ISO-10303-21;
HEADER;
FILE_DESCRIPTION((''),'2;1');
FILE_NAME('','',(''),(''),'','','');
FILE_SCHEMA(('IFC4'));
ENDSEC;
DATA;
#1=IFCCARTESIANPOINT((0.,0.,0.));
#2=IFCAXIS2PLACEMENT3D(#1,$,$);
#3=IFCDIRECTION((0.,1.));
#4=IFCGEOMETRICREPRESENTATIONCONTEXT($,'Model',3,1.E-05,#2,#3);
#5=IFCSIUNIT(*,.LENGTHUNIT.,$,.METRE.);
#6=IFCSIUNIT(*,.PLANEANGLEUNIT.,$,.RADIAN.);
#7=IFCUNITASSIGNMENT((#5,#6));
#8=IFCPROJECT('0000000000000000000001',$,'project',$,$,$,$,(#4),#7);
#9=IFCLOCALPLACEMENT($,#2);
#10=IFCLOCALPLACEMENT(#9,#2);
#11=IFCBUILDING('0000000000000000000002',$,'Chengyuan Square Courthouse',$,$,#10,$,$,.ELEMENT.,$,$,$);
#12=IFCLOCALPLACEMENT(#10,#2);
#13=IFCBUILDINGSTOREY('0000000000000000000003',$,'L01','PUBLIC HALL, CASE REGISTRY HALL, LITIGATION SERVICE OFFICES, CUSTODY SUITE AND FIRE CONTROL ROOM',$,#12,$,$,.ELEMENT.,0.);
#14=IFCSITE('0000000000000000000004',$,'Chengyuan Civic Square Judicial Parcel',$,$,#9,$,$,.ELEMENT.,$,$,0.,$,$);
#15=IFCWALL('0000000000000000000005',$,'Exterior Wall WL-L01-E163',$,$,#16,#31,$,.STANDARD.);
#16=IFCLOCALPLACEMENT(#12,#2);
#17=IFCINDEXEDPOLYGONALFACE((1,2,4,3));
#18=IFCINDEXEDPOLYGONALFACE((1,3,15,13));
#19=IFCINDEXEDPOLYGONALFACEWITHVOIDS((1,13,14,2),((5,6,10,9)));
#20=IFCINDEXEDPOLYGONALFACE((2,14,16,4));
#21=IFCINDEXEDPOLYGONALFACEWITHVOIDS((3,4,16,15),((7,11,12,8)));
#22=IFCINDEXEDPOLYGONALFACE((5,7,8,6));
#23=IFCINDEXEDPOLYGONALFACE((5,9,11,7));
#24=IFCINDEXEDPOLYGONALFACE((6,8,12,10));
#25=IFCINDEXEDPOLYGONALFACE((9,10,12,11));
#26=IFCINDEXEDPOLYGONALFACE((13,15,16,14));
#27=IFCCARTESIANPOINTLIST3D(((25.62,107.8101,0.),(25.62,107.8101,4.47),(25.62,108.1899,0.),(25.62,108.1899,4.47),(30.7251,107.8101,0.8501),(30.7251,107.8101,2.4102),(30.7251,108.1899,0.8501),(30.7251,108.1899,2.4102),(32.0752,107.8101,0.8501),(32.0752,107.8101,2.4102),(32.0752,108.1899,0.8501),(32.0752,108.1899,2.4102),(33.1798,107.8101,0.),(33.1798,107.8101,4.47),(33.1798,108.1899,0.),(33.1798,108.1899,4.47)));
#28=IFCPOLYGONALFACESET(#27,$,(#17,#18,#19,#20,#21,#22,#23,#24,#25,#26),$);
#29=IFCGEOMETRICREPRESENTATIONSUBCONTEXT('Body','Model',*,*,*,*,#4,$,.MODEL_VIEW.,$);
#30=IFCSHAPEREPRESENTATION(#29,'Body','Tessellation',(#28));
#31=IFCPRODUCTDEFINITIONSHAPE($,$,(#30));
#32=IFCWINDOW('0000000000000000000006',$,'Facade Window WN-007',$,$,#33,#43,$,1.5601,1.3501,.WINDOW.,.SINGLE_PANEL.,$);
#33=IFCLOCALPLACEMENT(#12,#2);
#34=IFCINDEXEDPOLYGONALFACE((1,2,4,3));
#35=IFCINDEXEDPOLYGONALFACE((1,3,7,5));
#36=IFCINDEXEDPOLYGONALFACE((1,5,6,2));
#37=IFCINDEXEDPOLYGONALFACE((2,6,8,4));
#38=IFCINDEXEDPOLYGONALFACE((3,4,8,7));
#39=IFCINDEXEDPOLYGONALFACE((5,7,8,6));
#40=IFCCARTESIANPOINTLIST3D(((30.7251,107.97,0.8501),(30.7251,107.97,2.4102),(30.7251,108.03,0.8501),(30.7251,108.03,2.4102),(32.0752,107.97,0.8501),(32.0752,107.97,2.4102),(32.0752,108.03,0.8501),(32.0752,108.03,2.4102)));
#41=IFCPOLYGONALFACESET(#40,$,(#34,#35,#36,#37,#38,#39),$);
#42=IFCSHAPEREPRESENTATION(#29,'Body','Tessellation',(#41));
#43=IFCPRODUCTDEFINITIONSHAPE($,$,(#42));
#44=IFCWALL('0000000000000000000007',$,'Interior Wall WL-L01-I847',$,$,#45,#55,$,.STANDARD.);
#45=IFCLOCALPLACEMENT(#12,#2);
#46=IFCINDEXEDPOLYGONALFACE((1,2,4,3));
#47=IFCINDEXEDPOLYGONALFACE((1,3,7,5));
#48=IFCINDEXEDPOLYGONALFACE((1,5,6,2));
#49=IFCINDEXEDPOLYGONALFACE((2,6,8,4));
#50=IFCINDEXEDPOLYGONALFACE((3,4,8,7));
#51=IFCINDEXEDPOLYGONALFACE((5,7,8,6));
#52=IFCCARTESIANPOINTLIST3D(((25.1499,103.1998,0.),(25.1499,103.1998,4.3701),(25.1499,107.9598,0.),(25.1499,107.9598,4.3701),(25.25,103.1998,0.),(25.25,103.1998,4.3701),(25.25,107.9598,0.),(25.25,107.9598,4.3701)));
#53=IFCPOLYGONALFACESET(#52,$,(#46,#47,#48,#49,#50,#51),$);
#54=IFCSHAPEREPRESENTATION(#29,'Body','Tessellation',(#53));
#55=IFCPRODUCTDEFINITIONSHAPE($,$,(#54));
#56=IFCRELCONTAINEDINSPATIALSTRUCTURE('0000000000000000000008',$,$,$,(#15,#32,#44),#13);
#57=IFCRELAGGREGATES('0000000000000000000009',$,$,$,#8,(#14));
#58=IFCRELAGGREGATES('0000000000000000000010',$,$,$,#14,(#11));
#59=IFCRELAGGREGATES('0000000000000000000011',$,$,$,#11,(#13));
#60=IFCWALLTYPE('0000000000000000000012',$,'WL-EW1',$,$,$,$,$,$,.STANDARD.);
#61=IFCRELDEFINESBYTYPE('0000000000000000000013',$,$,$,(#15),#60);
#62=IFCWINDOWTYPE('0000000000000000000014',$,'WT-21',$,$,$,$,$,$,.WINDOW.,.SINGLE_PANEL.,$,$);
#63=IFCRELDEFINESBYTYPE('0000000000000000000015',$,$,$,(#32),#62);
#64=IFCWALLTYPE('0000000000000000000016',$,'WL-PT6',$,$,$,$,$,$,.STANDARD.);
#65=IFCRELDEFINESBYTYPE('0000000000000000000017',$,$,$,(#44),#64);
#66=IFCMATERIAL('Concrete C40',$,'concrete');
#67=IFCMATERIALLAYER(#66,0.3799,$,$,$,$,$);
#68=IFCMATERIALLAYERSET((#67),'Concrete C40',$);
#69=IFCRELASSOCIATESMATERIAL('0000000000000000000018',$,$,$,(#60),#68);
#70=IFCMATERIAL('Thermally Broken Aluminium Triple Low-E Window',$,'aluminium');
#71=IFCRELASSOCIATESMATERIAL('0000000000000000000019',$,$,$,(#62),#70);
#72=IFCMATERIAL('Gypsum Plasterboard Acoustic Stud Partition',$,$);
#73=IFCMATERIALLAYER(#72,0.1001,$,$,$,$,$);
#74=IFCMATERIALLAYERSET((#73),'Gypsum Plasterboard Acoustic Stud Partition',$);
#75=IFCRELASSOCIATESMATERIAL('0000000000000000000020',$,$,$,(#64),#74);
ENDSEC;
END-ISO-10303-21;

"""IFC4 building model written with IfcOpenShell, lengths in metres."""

from ifc_helpers import new_model, si_unit, direction, frame, frame_2d, origin, place, context, subcontext, project, spatial, rectangle, extrude, material, layer, layer_set, type_object, element, fill, save


model = new_model("IFC4")

# Units and contexts
model_context = context("Model", 3, precision=1e-05, world=origin(), true_north=direction((0.0, 1.0)))
body_context = subcontext(model_context, "Body", "Model", "MODEL_VIEW")
ifc_project = project(units=[si_unit("LENGTHUNIT", "METRE"), si_unit("PLANEANGLEUNIT", "RADIAN")], contexts=[model_context])

# Site, building, storey
site_placement = place(None, origin())
site = spatial("IfcSite", under=ifc_project, at=site_placement, Name="Chengyuan Civic Square Judicial Parcel", CompositionType="ELEMENT", RefElevation=0.0)
building_placement = place(site_placement, origin())
building = spatial("IfcBuilding", under=site, at=building_placement, Name="Chengyuan Square Courthouse", CompositionType="ELEMENT")
storey_placement = place(building_placement, origin())
storey = spatial("IfcBuildingStorey", under=building, at=storey_placement, Name="L01", Description="PUBLIC HALL, CASE REGISTRY HALL, LITIGATION SERVICE OFFICES, CUSTODY SUITE AND FIRE CONTROL ROOM", CompositionType="ELEMENT", Elevation=0.0)

# Shared definitions
ifc_material_1 = material(Name="Concrete C40", Category="concrete")

# Wall, opening, window
ifc_layer_1 = layer(ifc_material_1, 0.3799)
ifc_layer_set_1 = layer_set([ifc_layer_1], Name="Concrete C40")
wall_type_1 = type_object("IfcWallType", Name="WL-EW1", PredefinedType="STANDARD", material=ifc_layer_set_1)
wall_1_placement = place(storey_placement, frame((25.6201, 108.0, 0.0), z_axis=(0.0, 0.0, 1.0), x_axis=(1.0, 0.0, 0.0)))
wall_1 = element("IfcWall", 1, at=wall_1_placement, inside=storey, type_object=wall_type_1, Name="Exterior Wall WL-L01-E163", PredefinedType="STANDARD", context=body_context, shape_type="SweptSolid", body=[
    extrude(rectangle(XDim=7.5598, YDim=0.3799, at=frame_2d((3.7798, 0.0))), origin(), (0.0, 0.0, 1.0), 4.47),
])
opening_placement = place(wall_1_placement, frame((5.105, 0.0, 0.8501)))
opening = element("IfcOpeningElement", 2, at=opening_placement, cuts=wall_1, PredefinedType="OPENING", context=body_context, shape_type="SweptSolid", body=[
    extrude(rectangle(XDim=1.3501, YDim=1.5601, at=frame_2d((0.675, 0.78))), frame((0.0, 0.2019, 0.0), z_axis=(0.0, -1.0, 0.0), x_axis=(1.0, 0.0, 0.0)), (0.0, 0.0, 1.0), 0.4038),
])
ifc_material_2 = material(Name="Thermally Broken Aluminium Triple Low-E Window", Category="aluminium")
window_type = type_object("IfcWindowType", Name="WT-21", PartitioningType="SINGLE_PANEL", PredefinedType="WINDOW", material=ifc_material_2)
window_placement = place(opening_placement, origin())
window = element("IfcWindow", 3, at=window_placement, inside=storey, type_object=window_type, Name="Facade Window WN-007", OverallHeight=1.5601, OverallWidth=1.3501, PartitioningType="SINGLE_PANEL", PredefinedType="WINDOW", context=body_context, shape_type="SweptSolid", body=[
    extrude(rectangle(XDim=1.3501, YDim=1.5601, at=frame_2d((0.675, 0.78))), frame((0.0, 0.03, 0.0), z_axis=(0.0, -1.0, 0.0), x_axis=(1.0, 0.0, 0.0)), (0.0, 0.0, 1.0), 0.0601),
])
fill(opening, window)

# Wall
ifc_material_3 = material(Name="Gypsum Plasterboard Acoustic Stud Partition")
ifc_layer_2 = layer(ifc_material_3, 0.1001)
ifc_layer_set_2 = layer_set([ifc_layer_2], Name="Gypsum Plasterboard Acoustic Stud Partition")
wall_type_2 = type_object("IfcWallType", Name="WL-PT6", PredefinedType="STANDARD", material=ifc_layer_set_2)
wall_2_placement = place(storey_placement, frame((25.2, 103.2, 0.0), z_axis=(0.0, 0.0, 1.0), x_axis=(0.0, 1.0, 0.0)))
element("IfcWall", 4, at=wall_2_placement, inside=storey, type_object=wall_type_2, Name="Interior Wall WL-L01-I847", PredefinedType="STANDARD", context=body_context, shape_type="SweptSolid", body=[
    extrude(rectangle(XDim=4.76, YDim=0.1001, at=frame_2d((2.3799, 0.0))), origin(), (0.0, 0.0, 1.0), 4.3701),
])

save(model, "model.ifc")
